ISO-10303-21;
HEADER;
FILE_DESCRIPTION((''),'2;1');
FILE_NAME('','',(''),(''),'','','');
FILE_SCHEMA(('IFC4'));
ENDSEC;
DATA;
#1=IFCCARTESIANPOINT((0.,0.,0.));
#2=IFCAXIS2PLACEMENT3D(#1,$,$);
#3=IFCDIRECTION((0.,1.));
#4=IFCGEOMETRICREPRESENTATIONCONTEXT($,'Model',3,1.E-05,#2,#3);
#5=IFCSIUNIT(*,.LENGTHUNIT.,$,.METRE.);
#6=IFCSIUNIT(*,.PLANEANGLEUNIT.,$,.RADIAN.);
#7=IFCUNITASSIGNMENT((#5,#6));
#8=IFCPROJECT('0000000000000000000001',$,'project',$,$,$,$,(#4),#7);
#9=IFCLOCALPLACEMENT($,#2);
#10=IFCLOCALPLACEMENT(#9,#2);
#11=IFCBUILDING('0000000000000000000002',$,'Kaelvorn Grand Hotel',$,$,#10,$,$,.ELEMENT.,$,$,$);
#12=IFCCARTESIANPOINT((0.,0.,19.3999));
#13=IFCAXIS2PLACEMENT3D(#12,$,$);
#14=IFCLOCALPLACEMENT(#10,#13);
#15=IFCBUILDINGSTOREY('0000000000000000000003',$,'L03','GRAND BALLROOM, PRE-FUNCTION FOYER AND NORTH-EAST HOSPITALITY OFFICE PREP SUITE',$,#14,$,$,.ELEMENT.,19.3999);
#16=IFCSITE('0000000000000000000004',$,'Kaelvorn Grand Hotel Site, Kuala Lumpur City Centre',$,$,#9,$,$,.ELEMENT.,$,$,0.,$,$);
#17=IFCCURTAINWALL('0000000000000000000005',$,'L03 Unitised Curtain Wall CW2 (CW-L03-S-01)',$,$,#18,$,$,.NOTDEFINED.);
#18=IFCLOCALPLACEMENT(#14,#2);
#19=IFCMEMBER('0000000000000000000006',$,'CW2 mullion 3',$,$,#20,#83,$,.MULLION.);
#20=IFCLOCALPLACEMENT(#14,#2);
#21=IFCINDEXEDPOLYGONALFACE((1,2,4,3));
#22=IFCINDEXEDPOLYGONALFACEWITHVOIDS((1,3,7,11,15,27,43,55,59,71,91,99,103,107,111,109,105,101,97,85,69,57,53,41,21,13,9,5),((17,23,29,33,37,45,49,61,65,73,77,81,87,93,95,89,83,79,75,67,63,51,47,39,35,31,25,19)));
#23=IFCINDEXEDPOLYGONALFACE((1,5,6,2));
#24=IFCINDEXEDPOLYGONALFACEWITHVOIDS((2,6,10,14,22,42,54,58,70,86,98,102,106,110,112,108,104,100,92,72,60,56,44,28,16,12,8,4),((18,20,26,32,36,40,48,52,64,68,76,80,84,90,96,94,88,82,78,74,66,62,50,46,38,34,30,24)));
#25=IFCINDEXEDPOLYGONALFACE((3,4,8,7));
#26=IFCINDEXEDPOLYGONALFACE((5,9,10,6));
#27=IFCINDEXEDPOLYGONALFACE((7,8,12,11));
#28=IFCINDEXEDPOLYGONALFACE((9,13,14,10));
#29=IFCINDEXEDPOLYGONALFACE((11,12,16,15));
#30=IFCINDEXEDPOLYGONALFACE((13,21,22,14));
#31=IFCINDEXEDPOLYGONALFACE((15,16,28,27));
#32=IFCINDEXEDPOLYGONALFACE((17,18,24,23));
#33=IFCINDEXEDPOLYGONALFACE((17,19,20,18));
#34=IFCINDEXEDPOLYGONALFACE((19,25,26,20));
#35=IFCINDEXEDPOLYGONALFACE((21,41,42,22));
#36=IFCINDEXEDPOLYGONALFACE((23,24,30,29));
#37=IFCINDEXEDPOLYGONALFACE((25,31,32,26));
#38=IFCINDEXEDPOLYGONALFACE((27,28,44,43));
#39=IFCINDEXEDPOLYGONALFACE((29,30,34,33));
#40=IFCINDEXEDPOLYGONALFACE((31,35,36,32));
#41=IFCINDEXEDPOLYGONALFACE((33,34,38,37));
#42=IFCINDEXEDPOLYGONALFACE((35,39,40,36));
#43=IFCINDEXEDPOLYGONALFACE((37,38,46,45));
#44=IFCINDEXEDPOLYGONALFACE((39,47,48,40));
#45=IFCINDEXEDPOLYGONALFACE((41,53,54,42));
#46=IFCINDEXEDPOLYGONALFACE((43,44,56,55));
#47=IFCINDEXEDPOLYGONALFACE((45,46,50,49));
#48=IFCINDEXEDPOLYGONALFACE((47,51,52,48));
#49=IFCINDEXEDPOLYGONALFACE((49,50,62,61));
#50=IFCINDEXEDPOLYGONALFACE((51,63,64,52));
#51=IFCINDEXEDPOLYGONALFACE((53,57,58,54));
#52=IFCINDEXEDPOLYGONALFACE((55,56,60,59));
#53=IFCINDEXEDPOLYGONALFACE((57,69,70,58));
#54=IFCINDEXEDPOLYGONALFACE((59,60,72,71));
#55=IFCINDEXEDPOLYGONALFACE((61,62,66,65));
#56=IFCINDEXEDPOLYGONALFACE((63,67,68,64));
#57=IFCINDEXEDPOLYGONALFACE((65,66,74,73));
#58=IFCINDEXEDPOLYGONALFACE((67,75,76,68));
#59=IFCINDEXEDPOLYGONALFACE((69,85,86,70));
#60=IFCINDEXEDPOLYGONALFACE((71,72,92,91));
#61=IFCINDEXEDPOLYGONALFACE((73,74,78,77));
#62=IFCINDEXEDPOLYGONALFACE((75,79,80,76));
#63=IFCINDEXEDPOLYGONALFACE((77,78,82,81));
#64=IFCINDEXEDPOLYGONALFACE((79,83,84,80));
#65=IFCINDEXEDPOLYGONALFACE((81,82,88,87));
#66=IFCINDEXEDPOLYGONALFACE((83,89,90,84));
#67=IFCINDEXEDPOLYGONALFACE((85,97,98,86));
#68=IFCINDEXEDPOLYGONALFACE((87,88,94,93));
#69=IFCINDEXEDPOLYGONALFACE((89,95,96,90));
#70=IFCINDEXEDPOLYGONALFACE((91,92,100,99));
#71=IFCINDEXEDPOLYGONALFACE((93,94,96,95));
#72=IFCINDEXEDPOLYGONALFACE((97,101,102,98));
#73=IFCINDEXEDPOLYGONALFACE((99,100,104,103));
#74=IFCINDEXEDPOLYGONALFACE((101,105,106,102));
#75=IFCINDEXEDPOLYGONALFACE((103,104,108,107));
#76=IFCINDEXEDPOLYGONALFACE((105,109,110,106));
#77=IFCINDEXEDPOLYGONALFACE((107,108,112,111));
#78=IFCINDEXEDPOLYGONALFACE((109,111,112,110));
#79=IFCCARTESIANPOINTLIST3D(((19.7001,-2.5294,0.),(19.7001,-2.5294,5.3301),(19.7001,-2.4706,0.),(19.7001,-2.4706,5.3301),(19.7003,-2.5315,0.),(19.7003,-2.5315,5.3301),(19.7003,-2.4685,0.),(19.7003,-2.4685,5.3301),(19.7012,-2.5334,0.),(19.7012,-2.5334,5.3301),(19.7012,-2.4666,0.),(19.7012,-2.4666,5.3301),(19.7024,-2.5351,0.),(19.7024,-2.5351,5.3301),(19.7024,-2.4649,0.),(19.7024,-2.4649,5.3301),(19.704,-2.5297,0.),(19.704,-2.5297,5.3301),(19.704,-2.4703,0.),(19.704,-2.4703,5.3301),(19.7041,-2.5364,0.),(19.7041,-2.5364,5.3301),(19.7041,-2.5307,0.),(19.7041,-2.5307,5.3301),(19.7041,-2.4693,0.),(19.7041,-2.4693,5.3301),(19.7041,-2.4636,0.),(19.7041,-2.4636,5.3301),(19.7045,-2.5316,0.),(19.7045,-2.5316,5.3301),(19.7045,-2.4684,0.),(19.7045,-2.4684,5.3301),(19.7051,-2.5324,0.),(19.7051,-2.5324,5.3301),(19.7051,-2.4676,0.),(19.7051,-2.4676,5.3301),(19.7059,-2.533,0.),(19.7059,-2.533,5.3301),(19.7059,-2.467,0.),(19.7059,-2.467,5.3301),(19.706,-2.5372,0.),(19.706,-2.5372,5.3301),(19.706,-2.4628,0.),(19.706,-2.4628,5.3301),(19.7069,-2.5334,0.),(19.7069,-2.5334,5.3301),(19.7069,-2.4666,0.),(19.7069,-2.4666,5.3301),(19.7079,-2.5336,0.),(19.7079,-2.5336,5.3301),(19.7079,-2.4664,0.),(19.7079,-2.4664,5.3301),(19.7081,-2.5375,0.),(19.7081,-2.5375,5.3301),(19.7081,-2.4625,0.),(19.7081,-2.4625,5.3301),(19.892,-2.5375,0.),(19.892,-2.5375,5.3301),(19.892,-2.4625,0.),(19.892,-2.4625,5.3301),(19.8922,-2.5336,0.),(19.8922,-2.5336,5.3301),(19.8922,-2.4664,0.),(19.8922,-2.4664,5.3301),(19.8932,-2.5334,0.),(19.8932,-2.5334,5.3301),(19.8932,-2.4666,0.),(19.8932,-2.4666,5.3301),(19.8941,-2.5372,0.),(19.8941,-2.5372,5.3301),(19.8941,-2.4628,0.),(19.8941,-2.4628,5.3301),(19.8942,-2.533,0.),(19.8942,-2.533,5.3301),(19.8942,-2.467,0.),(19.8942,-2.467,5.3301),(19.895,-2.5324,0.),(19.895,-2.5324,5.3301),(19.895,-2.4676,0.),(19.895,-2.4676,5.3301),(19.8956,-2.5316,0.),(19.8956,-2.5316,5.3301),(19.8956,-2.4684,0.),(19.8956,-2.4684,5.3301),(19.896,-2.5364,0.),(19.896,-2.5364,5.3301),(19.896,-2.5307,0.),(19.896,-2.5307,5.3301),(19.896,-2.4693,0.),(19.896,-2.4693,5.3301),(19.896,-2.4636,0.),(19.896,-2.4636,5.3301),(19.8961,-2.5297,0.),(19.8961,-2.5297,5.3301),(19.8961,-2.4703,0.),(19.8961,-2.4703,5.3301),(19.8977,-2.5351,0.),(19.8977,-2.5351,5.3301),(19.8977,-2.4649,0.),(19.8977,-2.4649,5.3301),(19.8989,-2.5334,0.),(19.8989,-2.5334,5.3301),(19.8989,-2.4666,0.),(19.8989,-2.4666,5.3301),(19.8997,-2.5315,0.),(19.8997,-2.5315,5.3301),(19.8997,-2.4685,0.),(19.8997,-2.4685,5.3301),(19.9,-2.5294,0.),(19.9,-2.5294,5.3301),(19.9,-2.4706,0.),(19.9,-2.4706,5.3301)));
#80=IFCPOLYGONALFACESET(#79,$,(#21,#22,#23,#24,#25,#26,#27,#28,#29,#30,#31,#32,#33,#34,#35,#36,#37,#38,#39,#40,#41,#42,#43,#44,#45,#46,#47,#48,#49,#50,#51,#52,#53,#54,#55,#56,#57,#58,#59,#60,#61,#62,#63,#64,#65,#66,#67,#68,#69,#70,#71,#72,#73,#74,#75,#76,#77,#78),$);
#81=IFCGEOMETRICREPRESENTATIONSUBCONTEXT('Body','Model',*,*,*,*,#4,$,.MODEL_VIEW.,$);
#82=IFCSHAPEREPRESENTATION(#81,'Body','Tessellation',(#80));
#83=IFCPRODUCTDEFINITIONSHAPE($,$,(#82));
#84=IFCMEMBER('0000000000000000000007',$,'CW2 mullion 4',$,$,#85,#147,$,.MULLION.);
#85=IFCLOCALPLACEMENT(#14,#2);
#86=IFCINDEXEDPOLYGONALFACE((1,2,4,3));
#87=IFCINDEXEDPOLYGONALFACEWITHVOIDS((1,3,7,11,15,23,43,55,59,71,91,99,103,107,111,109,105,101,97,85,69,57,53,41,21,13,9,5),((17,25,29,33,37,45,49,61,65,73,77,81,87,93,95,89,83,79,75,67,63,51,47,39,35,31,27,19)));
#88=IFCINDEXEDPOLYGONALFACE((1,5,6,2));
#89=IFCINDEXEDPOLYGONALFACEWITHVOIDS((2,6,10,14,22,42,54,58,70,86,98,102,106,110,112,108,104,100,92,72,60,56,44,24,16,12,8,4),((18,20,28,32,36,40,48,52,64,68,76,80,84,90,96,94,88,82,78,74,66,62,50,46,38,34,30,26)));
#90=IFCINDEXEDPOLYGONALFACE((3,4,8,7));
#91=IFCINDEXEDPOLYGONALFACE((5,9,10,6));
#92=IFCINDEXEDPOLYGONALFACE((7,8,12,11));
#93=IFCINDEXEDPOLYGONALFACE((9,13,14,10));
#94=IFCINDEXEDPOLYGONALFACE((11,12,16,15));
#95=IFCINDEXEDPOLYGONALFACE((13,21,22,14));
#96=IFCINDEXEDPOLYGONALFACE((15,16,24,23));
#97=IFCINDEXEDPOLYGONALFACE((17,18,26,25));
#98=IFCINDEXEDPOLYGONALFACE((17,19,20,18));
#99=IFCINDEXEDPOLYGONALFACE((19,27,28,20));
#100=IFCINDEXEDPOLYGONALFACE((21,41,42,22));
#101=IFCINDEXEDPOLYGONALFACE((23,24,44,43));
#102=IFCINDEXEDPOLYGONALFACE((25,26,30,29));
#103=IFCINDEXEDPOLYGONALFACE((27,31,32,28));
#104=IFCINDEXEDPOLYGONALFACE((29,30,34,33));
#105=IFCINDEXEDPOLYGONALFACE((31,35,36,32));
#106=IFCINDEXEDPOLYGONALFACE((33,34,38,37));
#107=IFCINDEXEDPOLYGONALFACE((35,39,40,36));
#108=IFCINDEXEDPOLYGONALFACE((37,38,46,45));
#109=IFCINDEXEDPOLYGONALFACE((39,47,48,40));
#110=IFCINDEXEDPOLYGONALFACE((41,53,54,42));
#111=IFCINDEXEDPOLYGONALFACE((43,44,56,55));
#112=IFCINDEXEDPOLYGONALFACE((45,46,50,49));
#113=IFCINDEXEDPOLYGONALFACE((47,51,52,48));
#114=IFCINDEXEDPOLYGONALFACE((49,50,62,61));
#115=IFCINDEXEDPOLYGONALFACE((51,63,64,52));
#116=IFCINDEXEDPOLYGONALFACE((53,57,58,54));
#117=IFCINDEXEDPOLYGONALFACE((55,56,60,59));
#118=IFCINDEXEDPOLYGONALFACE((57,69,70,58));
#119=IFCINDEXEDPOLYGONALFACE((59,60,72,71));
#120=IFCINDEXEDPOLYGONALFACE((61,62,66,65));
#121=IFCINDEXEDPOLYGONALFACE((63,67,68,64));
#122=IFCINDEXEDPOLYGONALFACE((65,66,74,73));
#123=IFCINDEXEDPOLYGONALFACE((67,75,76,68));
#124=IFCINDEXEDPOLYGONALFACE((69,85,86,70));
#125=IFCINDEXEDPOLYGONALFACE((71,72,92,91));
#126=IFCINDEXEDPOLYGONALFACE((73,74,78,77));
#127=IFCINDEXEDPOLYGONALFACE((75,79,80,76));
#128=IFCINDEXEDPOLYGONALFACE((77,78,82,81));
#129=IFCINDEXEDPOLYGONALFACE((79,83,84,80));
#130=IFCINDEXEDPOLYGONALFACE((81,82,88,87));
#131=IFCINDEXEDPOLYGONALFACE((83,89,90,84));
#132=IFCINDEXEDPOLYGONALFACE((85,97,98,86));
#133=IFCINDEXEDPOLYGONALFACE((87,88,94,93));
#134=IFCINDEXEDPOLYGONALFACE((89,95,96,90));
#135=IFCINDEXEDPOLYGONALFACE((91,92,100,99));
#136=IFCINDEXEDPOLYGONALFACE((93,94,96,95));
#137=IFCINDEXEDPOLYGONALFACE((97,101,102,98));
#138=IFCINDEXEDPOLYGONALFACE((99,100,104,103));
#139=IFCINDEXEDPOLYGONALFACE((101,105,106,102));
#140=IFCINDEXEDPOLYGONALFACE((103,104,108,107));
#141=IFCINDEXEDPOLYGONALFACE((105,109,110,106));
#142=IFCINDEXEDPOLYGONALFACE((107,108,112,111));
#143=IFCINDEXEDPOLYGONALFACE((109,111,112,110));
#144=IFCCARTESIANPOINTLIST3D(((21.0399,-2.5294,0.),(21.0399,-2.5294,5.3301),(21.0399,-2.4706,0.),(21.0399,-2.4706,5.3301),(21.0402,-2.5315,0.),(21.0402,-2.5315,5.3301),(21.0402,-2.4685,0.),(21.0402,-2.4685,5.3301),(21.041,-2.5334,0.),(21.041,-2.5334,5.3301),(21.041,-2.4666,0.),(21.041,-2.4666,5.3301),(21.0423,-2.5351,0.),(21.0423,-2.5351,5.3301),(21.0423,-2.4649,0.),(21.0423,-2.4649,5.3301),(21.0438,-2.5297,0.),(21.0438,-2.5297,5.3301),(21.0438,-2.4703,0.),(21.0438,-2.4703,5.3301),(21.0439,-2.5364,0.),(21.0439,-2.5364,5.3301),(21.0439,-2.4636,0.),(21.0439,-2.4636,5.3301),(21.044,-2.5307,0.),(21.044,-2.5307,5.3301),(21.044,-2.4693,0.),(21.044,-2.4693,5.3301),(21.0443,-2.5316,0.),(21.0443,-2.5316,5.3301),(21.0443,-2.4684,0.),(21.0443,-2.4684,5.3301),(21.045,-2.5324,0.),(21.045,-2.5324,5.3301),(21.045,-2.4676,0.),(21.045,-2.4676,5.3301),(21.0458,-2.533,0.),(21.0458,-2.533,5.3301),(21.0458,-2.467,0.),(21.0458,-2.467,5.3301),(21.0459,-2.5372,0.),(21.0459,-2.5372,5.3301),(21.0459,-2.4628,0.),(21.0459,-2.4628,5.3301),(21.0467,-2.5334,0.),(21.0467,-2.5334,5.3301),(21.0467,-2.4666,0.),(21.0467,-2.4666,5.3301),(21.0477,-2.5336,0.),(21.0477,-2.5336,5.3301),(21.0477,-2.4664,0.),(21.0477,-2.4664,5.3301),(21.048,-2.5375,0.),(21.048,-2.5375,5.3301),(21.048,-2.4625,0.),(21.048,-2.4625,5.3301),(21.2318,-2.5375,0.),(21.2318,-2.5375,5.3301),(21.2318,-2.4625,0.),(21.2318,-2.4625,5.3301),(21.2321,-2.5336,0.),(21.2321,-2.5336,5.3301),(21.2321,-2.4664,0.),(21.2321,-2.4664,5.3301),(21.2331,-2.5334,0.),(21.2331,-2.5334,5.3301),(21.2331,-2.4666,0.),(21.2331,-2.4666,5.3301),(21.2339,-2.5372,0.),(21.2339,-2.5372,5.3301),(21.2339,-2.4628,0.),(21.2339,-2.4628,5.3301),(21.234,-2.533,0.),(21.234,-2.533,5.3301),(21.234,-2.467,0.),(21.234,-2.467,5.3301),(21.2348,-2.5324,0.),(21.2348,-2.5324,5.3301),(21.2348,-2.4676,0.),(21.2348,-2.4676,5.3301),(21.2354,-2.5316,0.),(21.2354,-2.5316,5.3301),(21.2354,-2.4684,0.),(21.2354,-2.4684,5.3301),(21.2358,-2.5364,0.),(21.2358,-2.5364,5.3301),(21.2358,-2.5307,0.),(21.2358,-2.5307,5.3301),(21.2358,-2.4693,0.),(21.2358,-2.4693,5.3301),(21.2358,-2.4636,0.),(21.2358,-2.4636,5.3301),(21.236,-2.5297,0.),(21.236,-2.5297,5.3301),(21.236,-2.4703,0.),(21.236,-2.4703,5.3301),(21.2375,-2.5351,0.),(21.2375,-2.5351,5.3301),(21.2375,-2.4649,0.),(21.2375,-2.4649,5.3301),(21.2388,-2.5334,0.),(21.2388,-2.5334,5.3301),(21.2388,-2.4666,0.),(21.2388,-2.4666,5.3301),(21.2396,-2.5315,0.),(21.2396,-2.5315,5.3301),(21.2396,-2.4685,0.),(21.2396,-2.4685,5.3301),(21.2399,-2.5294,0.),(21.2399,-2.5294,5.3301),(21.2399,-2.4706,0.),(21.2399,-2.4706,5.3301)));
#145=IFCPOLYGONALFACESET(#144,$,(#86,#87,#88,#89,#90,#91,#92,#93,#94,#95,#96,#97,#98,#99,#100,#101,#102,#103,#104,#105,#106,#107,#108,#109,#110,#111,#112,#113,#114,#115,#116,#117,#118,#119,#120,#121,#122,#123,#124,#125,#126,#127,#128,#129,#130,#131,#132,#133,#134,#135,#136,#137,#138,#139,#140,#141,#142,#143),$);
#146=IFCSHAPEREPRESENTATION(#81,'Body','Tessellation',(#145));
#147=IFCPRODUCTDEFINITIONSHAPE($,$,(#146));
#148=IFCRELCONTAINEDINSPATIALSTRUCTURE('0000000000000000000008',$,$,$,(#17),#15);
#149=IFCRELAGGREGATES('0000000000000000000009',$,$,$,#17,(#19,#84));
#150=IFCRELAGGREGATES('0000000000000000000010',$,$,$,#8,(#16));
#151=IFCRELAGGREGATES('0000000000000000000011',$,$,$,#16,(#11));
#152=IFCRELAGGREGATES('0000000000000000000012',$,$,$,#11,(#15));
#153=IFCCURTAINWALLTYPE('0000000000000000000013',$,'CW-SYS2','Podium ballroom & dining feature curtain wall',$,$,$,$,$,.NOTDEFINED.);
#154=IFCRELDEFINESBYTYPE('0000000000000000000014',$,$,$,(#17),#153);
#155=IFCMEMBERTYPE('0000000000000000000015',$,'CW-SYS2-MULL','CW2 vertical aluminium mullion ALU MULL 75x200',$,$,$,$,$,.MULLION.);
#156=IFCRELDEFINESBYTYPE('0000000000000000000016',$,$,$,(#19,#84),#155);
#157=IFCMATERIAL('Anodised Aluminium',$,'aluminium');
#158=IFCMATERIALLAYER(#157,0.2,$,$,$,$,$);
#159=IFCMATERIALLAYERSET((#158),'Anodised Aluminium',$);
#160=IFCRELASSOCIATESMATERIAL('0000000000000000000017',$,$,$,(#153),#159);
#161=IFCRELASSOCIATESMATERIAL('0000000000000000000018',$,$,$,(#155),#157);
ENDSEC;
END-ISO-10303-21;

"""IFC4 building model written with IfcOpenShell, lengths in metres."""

from ifc_helpers import new_model, si_unit, direction, frame, origin, origin_2d, place, context, subcontext, project, spatial, hollow_rectangle, extrude, material, layer, layer_set, material_profile, profile_set, type_object, element, aggregate, save


model = new_model("IFC4")

# Units and contexts
model_context = context("Model", 3, precision=1e-05, world=origin(), true_north=direction((0.0, 1.0)))
body_context = subcontext(model_context, "Body", "Model", "MODEL_VIEW")
ifc_project = project(units=[si_unit("LENGTHUNIT", "METRE"), si_unit("PLANEANGLEUNIT", "RADIAN")], contexts=[model_context])

# Site, building, storey
site_placement = place(None, origin())
site = spatial("IfcSite", under=ifc_project, at=site_placement, Name="Kaelvorn Grand Hotel Site, Kuala Lumpur City Centre", CompositionType="ELEMENT", RefElevation=0.0)
building_placement = place(site_placement, origin())
building = spatial("IfcBuilding", under=site, at=building_placement, Name="Kaelvorn Grand Hotel", CompositionType="ELEMENT")
storey_placement = place(building_placement, frame((0.0, 0.0, 19.3999)))
storey = spatial("IfcBuildingStorey", under=building, at=storey_placement, Name="L03", Description="GRAND BALLROOM, PRE-FUNCTION FOYER AND NORTH-EAST HOSPITALITY OFFICE PREP SUITE", CompositionType="ELEMENT", Elevation=19.3999)

# Curtain wall, members
ifc_material_1 = material(Name="Anodised Aluminium", Category="aluminium")
ifc_layer_1 = layer(ifc_material_1, 0.2)
ifc_layer_set_1 = layer_set([ifc_layer_1], Name="Anodised Aluminium")
curtain_wall_type = type_object("IfcCurtainWallType", Name="CW-SYS2", Description="Podium ballroom & dining feature curtain wall", PredefinedType="NOTDEFINED", material=ifc_layer_set_1)
curtain_wall_placement = place(storey_placement, origin())
curtain_wall = element("IfcCurtainWall", 1, at=curtain_wall_placement, inside=storey, type_object=curtain_wall_type, Name="L03 Unitised Curtain Wall CW2 (CW-L03-S-01)", PredefinedType="NOTDEFINED")
ifc_material_profile_1 = material_profile(ifc_material_1, hollow_rectangle(XDim=0.075, YDim=0.2, WallThickness=0.0039, InnerFilletRadius=0.0039, OuterFilletRadius=0.0081, at=origin_2d()), Name="ALU MULL 75x200")
ifc_profile_set_1 = profile_set([ifc_material_profile_1], Name="Anodised Aluminium")
member_type_1 = type_object("IfcMemberType", Name="CW-SYS2-MULL", Description="CW2 vertical aluminium mullion ALU MULL 75x200", PredefinedType="MULLION", material=ifc_profile_set_1)
member_1_placement = place(storey_placement, frame((19.8, -2.5, 0.0), z_axis=(0.0, 0.0, 1.0), x_axis=(0.0, 1.0, 0.0)))
member_1 = element("IfcMember", 2, at=member_1_placement, type_object=member_type_1, Name="CW2 mullion 3", PredefinedType="MULLION", context=body_context, shape_type="SweptSolid", body=[
    extrude(hollow_rectangle(XDim=0.075, YDim=0.2, WallThickness=0.0039, InnerFilletRadius=0.0039, OuterFilletRadius=0.0081, at=origin_2d()), origin(), (0.0, 0.0, 1.0), 5.3301),
])
member_2_placement = place(storey_placement, frame((21.1399, -2.5, 0.0), z_axis=(0.0, 0.0, 1.0), x_axis=(0.0, 1.0, 0.0)))
member_2 = element("IfcMember", 3, at=member_2_placement, type_object=member_type_1, Name="CW2 mullion 4", PredefinedType="MULLION", context=body_context, shape_type="SweptSolid", body=[
    extrude(hollow_rectangle(XDim=0.075, YDim=0.2, WallThickness=0.0039, InnerFilletRadius=0.0039, OuterFilletRadius=0.0081, at=origin_2d()), origin(), (0.0, 0.0, 1.0), 5.3301),
])
aggregate(curtain_wall, [member_1, member_2])

save(model, "model.ifc")
